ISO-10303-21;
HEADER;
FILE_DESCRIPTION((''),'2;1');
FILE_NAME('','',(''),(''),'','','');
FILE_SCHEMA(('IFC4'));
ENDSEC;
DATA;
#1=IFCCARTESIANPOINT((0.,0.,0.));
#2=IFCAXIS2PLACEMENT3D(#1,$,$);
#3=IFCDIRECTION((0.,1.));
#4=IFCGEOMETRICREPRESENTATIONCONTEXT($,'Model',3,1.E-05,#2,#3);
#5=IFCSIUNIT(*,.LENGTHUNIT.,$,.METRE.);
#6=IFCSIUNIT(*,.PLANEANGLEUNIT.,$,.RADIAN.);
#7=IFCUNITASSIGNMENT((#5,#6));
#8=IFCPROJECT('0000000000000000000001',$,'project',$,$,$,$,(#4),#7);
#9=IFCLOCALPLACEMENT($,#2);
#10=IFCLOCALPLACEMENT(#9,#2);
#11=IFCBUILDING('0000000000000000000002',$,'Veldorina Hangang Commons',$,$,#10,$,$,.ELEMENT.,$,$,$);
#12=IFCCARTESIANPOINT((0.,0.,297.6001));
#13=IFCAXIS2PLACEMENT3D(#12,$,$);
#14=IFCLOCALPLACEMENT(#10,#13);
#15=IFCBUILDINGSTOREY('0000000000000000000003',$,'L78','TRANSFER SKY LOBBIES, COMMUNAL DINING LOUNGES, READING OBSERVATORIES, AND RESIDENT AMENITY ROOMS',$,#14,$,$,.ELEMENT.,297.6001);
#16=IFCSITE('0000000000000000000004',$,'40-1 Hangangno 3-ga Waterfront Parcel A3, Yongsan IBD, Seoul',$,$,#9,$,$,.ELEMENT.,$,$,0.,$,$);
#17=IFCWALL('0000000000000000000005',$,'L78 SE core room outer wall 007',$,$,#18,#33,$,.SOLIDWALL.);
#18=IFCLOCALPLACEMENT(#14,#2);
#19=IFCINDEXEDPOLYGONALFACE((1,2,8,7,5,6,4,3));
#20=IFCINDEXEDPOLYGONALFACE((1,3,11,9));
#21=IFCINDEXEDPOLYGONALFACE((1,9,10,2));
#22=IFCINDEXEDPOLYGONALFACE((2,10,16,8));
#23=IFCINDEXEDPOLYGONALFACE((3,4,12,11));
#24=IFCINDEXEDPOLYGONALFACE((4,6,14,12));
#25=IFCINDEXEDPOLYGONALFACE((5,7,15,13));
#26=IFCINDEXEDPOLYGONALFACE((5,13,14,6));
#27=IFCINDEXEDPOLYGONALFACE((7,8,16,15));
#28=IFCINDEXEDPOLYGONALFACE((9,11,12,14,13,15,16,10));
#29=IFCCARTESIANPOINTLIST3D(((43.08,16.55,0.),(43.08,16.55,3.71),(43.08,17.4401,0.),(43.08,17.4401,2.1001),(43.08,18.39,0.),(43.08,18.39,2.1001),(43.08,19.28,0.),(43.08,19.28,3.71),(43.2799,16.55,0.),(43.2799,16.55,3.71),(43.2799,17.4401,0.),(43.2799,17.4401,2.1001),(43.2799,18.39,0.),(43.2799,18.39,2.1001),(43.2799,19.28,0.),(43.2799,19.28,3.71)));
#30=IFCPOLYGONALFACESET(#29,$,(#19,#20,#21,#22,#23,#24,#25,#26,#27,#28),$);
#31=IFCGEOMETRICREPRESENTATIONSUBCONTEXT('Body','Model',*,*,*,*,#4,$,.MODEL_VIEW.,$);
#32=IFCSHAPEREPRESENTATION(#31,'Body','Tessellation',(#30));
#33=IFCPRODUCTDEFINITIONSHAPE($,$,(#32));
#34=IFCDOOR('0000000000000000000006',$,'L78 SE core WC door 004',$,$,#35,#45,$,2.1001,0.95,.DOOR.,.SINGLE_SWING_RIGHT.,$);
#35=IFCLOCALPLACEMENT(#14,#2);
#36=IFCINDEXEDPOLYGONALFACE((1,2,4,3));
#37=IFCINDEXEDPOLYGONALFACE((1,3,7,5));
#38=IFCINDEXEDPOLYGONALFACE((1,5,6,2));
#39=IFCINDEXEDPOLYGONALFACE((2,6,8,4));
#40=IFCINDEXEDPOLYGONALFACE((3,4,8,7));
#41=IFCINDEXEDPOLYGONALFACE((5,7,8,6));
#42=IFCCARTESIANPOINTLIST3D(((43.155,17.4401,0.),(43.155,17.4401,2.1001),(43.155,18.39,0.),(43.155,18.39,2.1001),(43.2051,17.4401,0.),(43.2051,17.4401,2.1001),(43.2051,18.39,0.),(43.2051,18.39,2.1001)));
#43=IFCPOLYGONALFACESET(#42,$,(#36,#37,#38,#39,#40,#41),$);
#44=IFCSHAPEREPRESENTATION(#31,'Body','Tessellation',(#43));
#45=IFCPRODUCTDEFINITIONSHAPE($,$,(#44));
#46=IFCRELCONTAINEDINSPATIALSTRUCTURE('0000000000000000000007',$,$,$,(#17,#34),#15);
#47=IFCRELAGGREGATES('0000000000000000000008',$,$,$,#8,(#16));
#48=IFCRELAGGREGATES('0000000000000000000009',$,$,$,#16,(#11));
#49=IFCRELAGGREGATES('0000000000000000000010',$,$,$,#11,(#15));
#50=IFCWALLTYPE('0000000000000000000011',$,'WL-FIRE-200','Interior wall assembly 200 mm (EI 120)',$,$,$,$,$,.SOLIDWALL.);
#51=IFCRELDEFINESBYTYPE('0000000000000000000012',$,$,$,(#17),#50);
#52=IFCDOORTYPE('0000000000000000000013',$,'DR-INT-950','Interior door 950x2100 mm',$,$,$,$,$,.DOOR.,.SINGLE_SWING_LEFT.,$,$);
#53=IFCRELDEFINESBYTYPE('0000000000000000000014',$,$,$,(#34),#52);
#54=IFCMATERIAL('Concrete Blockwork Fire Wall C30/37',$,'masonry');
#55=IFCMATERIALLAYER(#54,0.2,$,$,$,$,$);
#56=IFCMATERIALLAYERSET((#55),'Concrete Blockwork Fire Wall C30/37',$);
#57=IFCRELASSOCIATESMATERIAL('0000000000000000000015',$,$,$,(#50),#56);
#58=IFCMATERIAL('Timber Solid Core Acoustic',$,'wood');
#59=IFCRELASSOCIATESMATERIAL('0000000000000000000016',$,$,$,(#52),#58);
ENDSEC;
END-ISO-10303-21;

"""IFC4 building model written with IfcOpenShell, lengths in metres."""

from ifc_helpers import new_model, si_unit, direction, frame, frame_2d, origin, place, context, subcontext, project, spatial, rectangle, extrude, material, layer, layer_set, type_object, element, fill, save


model = new_model("IFC4")

# Units and contexts
model_context = context("Model", 3, precision=1e-05, world=origin(), true_north=direction((0.0, 1.0)))
body_context = subcontext(model_context, "Body", "Model", "MODEL_VIEW")
ifc_project = project(units=[si_unit("LENGTHUNIT", "METRE"), si_unit("PLANEANGLEUNIT", "RADIAN")], contexts=[model_context])

# Site, building, storey
site_placement = place(None, origin())
site = spatial("IfcSite", under=ifc_project, at=site_placement, Name="40-1 Hangangno 3-ga Waterfront Parcel A3, Yongsan IBD, Seoul", CompositionType="ELEMENT", RefElevation=0.0)
building_placement = place(site_placement, origin())
building = spatial("IfcBuilding", under=site, at=building_placement, Name="Veldorina Hangang Commons", CompositionType="ELEMENT")
storey_placement = place(building_placement, frame((0.0, 0.0, 297.6001)))
storey = spatial("IfcBuildingStorey", under=building, at=storey_placement, Name="L78", Description="TRANSFER SKY LOBBIES, COMMUNAL DINING LOUNGES, READING OBSERVATORIES, AND RESIDENT AMENITY ROOMS", CompositionType="ELEMENT", Elevation=297.6001)

# Wall, opening, door
ifc_material_1 = material(Name="Concrete Blockwork Fire Wall C30/37", Category="masonry")
ifc_layer_1 = layer(ifc_material_1, 0.2)
ifc_layer_set_1 = layer_set([ifc_layer_1], Name="Concrete Blockwork Fire Wall C30/37")
wall_type_1 = type_object("IfcWallType", Name="WL-FIRE-200", Description="Interior wall assembly 200 mm (EI 120)", PredefinedType="SOLIDWALL", material=ifc_layer_set_1)
wall_1_placement = place(storey_placement, frame((43.1799, 16.55, 0.0), z_axis=(0.0, 0.0, 1.0), x_axis=(0.0, 1.0, 0.0)))
wall_1 = element("IfcWall", 1, at=wall_1_placement, inside=storey, type_object=wall_type_1, Name="L78 SE core room outer wall 007", PredefinedType="SOLIDWALL", context=body_context, shape_type="SweptSolid", body=[
    extrude(rectangle(XDim=2.73, YDim=0.2, at=frame_2d((1.365, 0.0))), origin(), (0.0, 0.0, 1.0), 3.71),
])
opening_1_placement = place(wall_1_placement, frame((0.8899, 0.0, 0.0)))
opening_1 = element("IfcOpeningElement", 2, at=opening_1_placement, cuts=wall_1, PredefinedType="OPENING", context=body_context, shape_type="SweptSolid", body=[
    extrude(rectangle(XDim=0.95, YDim=2.1001, at=frame_2d((0.4751, 1.05))), frame((0.0, 0.1099, 0.0), z_axis=(0.0, -1.0, 0.0), x_axis=(1.0, 0.0, 0.0)), (0.0, 0.0, 1.0), 0.22),
])
ifc_material_2 = material(Name="Timber Solid Core Acoustic", Category="wood")
door_type_1 = type_object("IfcDoorType", Name="DR-INT-950", Description="Interior door 950x2100 mm", OperationType="SINGLE_SWING_LEFT", PredefinedType="DOOR", material=ifc_material_2)
door_1_placement = place(opening_1_placement, origin())
door_1 = element("IfcDoor", 3, at=door_1_placement, inside=storey, type_object=door_type_1, Name="L78 SE core WC door 004", OperationType="SINGLE_SWING_RIGHT", OverallHeight=2.1001, OverallWidth=0.95, PredefinedType="DOOR", context=body_context, shape_type="SweptSolid", body=[
    extrude(rectangle(XDim=0.95, YDim=2.1001, at=frame_2d((0.4751, 1.05))), frame((0.0, 0.0249, 0.0), z_axis=(0.0, -1.0, 0.0), x_axis=(1.0, 0.0, 0.0)), (0.0, 0.0, 1.0), 0.05),
])
fill(opening_1, door_1)

save(model, "model.ifc")
